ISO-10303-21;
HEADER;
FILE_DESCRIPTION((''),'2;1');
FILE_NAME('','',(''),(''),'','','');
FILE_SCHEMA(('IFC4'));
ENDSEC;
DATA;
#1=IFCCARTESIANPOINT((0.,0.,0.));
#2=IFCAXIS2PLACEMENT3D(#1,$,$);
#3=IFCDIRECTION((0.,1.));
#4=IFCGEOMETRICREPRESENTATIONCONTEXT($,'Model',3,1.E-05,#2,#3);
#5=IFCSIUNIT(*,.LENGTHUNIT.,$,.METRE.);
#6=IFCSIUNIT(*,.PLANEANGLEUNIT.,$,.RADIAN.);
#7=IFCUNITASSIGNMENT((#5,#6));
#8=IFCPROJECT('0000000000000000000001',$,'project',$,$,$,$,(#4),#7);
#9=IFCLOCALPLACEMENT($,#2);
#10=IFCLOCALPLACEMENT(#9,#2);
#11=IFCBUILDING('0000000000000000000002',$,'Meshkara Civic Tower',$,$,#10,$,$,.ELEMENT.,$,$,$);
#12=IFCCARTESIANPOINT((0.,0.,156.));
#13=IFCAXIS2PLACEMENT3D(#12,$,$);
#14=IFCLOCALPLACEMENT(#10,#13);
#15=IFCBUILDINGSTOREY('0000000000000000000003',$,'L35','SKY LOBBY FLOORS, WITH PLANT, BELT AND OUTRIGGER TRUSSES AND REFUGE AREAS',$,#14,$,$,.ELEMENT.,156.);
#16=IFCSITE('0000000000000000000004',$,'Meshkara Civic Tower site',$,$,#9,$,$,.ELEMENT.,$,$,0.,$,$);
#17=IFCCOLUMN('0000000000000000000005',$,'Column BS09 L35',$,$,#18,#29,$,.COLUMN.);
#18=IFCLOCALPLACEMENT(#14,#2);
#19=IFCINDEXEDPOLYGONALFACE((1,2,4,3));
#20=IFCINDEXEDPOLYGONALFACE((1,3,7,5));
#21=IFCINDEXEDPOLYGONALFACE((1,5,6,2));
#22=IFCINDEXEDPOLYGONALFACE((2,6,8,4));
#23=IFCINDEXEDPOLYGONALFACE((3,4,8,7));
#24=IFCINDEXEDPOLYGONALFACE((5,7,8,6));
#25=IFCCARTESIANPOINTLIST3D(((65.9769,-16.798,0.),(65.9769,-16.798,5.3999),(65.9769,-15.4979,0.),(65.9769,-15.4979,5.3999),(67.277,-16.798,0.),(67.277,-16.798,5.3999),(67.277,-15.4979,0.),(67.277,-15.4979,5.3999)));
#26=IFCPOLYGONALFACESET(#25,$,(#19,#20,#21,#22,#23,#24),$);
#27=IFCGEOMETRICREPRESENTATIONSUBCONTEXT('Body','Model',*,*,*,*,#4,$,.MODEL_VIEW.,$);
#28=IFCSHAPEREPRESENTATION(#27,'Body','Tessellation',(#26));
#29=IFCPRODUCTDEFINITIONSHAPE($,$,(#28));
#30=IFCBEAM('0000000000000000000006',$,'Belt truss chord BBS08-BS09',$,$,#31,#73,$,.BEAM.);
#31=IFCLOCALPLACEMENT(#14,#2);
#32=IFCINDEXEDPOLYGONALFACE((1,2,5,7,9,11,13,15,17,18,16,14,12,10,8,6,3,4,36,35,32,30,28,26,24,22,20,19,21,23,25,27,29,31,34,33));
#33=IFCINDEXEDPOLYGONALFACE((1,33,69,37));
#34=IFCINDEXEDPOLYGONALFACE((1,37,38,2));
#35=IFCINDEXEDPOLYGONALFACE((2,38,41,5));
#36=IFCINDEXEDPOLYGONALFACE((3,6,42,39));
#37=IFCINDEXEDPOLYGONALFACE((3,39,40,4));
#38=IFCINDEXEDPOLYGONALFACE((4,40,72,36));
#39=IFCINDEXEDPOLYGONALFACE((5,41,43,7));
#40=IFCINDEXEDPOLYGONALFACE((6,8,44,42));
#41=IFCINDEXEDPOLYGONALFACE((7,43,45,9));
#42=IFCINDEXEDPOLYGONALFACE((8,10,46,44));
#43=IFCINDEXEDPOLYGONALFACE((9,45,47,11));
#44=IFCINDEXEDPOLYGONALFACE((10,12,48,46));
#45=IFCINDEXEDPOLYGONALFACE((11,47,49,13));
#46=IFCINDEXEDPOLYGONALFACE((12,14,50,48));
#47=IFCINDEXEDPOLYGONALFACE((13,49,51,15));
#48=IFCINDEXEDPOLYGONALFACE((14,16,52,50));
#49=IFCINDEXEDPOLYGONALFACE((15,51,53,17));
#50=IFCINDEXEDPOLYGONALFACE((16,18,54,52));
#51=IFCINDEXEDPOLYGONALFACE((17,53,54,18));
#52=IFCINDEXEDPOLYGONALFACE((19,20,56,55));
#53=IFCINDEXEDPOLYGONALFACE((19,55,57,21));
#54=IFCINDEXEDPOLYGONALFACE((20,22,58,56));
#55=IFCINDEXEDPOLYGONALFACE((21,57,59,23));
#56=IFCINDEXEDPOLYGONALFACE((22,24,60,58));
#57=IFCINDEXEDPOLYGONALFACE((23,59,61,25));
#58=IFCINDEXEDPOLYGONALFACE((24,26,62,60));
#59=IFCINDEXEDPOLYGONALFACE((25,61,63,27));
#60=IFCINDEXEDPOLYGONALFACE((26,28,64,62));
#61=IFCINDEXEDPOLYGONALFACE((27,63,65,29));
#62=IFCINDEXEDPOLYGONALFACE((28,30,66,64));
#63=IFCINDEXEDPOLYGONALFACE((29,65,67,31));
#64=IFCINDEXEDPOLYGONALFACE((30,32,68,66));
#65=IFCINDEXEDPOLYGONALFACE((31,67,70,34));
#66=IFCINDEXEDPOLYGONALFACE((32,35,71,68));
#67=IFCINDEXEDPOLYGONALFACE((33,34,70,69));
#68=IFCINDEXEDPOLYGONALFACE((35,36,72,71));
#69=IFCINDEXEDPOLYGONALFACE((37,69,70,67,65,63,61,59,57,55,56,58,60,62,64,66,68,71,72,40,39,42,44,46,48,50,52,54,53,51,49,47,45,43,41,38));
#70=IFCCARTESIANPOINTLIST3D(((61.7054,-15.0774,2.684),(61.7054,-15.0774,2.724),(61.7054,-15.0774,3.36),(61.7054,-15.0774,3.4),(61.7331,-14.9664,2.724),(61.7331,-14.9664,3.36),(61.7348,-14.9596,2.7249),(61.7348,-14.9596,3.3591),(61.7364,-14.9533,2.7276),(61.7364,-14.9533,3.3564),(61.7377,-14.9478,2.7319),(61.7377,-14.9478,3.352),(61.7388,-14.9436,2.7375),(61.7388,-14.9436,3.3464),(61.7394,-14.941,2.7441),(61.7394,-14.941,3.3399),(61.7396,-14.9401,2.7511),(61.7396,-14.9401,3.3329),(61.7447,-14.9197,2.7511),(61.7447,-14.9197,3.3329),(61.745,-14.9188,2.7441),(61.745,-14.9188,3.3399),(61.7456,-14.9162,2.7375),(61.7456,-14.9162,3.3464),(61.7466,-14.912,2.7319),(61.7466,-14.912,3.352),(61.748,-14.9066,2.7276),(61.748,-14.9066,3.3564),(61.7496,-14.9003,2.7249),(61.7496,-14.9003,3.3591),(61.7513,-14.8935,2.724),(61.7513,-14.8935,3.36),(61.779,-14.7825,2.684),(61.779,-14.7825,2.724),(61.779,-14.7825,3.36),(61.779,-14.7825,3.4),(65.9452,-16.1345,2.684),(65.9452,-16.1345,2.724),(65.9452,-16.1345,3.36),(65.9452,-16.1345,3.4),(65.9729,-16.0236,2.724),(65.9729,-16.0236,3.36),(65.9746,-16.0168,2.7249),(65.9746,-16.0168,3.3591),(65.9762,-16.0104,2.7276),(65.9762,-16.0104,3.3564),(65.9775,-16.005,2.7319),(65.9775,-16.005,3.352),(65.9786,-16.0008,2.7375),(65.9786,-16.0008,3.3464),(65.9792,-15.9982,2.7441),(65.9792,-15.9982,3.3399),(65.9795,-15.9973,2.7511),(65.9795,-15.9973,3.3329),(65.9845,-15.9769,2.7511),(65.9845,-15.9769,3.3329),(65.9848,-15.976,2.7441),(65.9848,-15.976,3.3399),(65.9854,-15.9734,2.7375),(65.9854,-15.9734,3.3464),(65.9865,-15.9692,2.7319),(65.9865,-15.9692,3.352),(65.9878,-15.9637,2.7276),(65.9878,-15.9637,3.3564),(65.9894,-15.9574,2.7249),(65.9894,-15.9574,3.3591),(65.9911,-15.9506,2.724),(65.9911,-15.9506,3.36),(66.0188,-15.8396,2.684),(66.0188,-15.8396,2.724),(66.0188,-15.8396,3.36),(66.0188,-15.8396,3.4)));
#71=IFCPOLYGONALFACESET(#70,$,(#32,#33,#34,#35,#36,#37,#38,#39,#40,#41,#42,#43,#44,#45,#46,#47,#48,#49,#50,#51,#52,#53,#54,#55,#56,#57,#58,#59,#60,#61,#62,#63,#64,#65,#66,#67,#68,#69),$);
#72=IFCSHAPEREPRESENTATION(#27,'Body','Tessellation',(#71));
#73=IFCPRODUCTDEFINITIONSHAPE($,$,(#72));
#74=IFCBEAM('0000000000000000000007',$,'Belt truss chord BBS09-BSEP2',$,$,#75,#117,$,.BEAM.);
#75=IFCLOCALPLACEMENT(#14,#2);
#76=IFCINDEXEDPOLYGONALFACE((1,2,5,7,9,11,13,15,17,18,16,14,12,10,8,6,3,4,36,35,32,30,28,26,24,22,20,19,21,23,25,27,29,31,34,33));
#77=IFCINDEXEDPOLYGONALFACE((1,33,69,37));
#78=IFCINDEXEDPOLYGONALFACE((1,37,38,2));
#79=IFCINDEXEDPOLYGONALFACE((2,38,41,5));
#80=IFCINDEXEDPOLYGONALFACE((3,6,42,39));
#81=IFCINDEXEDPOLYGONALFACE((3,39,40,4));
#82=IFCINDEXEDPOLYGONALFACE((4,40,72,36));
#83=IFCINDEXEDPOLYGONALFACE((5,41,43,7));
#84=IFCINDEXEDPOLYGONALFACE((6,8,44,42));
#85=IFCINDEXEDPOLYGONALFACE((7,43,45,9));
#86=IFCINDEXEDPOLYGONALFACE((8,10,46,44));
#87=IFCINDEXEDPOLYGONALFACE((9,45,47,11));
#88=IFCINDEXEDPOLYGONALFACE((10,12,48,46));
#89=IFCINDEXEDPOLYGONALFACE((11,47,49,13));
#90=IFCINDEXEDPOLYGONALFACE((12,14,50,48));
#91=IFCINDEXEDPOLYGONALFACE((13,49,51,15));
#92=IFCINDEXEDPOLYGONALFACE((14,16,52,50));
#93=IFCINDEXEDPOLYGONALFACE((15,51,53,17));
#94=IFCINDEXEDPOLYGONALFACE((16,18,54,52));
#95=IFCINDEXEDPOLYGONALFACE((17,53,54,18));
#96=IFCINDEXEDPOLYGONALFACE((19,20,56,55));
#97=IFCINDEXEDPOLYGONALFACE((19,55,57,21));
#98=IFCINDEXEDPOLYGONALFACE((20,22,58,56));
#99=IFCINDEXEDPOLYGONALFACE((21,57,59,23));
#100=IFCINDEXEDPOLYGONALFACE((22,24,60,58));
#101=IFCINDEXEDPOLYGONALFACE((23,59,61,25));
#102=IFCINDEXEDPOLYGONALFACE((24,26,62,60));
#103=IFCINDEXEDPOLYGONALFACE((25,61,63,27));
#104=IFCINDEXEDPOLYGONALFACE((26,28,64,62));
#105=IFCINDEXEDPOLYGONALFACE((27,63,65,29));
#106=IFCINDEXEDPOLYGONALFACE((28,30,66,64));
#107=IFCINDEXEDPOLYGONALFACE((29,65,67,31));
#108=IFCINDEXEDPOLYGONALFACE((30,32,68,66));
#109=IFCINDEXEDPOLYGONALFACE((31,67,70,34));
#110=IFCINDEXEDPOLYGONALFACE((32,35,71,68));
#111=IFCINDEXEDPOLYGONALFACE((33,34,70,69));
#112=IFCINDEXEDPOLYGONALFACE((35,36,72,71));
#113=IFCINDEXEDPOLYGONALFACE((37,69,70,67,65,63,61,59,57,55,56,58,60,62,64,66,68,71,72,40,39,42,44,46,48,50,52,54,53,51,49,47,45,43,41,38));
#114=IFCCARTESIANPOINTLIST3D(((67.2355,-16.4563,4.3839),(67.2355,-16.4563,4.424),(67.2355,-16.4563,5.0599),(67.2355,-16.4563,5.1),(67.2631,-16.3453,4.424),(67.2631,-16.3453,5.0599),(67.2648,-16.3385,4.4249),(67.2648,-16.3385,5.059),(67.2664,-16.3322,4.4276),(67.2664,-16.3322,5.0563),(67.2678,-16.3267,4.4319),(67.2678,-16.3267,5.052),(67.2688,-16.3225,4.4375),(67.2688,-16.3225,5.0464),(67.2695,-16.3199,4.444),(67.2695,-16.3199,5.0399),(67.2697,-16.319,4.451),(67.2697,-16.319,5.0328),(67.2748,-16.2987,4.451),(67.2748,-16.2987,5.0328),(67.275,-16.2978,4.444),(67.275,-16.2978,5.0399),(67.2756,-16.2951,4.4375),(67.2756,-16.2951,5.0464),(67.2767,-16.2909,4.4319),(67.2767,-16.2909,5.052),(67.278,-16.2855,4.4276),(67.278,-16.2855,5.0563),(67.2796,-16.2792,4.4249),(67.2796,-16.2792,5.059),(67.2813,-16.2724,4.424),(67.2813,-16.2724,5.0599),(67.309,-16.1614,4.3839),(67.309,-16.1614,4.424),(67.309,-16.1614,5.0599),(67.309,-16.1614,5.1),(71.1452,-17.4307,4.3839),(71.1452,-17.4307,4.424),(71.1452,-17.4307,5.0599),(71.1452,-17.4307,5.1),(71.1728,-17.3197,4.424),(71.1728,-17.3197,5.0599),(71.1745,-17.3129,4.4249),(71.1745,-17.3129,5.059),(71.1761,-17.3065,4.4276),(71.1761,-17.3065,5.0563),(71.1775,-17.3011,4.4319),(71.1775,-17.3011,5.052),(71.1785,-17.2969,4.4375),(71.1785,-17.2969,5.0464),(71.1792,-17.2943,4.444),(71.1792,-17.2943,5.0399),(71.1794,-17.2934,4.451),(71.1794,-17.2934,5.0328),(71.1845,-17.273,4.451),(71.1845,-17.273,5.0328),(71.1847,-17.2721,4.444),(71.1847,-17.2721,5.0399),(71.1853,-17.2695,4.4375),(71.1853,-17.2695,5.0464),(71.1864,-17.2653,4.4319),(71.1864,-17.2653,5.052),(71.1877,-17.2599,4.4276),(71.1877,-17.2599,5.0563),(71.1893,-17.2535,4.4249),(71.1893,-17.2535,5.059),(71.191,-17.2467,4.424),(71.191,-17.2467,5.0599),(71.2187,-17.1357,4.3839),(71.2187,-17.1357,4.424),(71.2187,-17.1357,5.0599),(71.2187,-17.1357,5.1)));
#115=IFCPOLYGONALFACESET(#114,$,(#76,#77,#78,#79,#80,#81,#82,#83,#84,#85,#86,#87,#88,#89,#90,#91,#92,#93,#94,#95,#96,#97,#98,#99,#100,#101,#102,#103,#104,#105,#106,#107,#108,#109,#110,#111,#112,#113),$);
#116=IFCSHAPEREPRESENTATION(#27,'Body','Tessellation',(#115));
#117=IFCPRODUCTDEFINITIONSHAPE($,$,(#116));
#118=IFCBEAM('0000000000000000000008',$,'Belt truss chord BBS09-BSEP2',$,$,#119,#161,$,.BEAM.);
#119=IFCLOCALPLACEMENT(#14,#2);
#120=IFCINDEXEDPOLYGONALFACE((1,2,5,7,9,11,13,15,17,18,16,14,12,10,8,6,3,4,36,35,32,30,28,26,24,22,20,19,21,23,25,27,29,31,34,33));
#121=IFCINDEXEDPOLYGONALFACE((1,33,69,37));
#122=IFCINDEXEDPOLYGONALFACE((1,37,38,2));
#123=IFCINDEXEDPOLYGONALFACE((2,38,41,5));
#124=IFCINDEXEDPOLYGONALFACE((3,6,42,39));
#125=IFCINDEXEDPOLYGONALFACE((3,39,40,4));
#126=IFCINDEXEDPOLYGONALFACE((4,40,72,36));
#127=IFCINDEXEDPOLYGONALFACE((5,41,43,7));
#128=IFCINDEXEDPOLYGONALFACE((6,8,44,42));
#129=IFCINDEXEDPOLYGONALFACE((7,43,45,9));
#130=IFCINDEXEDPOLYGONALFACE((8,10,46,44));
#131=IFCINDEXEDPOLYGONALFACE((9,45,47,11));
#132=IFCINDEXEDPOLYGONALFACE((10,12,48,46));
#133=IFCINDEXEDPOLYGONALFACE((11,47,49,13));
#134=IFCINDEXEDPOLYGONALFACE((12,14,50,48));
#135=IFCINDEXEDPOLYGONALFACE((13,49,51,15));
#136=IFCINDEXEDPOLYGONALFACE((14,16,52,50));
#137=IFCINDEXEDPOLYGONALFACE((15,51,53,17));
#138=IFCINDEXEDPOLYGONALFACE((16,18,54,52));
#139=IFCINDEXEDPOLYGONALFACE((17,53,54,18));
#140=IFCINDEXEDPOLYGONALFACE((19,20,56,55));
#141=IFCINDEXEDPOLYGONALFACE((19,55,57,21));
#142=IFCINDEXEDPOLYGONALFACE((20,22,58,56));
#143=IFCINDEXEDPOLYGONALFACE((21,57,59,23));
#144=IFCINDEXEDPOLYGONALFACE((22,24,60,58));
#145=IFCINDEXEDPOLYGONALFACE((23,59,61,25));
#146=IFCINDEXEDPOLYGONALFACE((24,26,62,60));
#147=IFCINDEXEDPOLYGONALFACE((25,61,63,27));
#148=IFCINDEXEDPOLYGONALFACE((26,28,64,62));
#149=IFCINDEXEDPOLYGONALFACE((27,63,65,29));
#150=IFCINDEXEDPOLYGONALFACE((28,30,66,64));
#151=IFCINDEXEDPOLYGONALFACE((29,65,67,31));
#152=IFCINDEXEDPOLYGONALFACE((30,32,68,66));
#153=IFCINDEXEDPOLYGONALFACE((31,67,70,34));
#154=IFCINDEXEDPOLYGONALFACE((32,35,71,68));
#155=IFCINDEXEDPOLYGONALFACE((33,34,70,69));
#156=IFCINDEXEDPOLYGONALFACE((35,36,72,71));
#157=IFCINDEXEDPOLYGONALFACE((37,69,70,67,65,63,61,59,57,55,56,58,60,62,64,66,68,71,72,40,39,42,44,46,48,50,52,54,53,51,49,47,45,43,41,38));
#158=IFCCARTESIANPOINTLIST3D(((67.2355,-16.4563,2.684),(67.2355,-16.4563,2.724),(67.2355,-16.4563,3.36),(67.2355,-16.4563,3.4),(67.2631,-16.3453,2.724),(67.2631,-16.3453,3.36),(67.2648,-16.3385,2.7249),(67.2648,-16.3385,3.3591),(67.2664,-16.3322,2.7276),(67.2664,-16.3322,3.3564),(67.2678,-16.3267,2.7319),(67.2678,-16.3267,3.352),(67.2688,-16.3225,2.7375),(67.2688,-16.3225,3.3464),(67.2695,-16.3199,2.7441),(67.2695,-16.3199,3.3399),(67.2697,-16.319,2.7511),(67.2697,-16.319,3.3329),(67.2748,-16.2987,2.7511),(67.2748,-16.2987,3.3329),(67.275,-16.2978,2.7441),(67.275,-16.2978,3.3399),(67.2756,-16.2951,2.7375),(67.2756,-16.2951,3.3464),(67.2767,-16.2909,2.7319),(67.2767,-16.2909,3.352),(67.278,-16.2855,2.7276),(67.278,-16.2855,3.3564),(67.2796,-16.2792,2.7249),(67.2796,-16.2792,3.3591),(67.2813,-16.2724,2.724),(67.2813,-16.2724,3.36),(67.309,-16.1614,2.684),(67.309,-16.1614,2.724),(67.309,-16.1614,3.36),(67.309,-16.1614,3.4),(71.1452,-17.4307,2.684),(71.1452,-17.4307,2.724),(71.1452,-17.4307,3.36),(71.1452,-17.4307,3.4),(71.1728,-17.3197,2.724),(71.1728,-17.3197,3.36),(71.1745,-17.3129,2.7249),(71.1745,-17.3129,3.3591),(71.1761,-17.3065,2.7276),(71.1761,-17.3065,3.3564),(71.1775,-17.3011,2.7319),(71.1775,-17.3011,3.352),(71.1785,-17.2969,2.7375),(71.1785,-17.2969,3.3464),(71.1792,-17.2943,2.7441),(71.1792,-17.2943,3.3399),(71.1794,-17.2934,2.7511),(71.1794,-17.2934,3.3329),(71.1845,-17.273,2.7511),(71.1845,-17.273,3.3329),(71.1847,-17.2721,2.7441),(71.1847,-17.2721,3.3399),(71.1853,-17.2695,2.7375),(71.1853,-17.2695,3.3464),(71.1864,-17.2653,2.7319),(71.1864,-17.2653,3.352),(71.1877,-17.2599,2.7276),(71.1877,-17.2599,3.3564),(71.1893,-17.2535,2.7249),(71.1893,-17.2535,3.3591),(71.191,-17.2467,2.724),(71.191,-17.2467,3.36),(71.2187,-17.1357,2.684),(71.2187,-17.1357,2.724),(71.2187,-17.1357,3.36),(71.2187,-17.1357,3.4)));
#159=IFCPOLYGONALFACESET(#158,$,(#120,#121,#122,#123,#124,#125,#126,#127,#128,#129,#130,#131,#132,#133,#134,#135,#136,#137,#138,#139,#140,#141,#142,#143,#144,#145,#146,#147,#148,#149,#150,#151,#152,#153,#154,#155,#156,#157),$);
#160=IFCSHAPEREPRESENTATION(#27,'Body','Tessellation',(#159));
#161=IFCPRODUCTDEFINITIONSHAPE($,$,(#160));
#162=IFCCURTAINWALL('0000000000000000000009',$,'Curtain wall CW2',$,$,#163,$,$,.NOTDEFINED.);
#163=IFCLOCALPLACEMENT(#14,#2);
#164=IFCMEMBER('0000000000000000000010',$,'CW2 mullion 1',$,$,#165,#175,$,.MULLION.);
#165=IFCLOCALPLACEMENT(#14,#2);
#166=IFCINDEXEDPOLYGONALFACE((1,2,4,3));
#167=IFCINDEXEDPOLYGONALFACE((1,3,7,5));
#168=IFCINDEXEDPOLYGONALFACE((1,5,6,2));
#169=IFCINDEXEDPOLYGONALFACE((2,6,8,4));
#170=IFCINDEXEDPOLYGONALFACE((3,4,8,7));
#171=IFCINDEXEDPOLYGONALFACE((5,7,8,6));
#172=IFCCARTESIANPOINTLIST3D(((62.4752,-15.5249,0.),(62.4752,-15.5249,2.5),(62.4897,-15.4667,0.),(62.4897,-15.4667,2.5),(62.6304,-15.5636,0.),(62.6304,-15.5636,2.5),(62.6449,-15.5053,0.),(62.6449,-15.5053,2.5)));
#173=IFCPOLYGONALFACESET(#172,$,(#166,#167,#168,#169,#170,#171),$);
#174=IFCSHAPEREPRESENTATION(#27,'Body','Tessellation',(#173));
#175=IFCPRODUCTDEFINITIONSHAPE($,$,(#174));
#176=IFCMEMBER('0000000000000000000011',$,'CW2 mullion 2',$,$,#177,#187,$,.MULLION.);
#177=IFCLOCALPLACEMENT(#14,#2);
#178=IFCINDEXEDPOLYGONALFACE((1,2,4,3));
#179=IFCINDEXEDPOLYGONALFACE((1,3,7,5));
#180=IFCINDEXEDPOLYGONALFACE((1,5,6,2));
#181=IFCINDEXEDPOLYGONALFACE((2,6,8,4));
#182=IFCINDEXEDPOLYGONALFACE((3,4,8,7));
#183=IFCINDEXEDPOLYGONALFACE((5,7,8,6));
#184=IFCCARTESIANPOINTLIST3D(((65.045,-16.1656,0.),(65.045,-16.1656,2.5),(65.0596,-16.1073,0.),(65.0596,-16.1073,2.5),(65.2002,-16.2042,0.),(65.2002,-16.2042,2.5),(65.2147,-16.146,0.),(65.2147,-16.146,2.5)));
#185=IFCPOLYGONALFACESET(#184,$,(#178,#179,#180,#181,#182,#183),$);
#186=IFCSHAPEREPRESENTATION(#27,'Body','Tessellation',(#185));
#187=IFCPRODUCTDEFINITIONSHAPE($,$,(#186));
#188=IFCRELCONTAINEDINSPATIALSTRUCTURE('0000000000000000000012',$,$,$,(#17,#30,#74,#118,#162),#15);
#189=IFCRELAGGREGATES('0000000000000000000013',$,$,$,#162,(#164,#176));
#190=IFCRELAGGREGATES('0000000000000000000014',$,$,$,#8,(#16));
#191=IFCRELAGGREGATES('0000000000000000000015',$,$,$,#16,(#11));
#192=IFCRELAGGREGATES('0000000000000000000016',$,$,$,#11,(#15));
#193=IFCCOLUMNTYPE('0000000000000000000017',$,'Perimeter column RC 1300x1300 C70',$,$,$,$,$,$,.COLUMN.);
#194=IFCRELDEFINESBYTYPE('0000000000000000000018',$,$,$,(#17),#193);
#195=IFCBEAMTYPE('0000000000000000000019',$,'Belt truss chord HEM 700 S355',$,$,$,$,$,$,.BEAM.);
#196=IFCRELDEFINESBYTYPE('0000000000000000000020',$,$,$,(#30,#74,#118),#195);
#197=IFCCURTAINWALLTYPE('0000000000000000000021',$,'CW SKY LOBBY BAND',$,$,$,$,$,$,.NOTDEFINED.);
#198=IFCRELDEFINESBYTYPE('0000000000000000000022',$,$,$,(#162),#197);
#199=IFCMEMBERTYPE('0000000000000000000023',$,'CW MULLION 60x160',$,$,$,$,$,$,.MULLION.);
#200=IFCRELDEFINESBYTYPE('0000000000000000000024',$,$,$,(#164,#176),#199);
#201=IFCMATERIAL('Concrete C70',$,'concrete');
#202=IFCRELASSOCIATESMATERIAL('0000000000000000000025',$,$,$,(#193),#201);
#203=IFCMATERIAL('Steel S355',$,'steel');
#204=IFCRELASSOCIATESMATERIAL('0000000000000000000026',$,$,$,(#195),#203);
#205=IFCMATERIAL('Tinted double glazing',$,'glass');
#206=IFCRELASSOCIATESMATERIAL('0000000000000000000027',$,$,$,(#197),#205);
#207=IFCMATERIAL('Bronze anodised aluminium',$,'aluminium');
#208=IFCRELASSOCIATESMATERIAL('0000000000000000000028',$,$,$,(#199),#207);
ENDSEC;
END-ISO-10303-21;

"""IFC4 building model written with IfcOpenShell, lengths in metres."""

from ifc_helpers import new_model, si_unit, direction, frame, origin, origin_2d, place, context, subcontext, project, spatial, rectangle, i_section, extrude, material, material_profile, profile_set, type_object, element, aggregate, save


model = new_model("IFC4")

# Units and contexts
model_context = context("Model", 3, precision=1e-05, world=origin(), true_north=direction((0.0, 1.0)))
body_context = subcontext(model_context, "Body", "Model", "MODEL_VIEW")
ifc_project = project(units=[si_unit("LENGTHUNIT", "METRE"), si_unit("PLANEANGLEUNIT", "RADIAN")], contexts=[model_context])

# Site, building, storey
site_placement = place(None, origin())
site = spatial("IfcSite", under=ifc_project, at=site_placement, Name="Meshkara Civic Tower site", CompositionType="ELEMENT", RefElevation=0.0)
building_placement = place(site_placement, origin())
building = spatial("IfcBuilding", under=site, at=building_placement, Name="Meshkara Civic Tower", CompositionType="ELEMENT")
storey_placement = place(building_placement, frame((0.0, 0.0, 156.0)))
storey = spatial("IfcBuildingStorey", under=building, at=storey_placement, Name="L35", Description="SKY LOBBY FLOORS, WITH PLANT, BELT AND OUTRIGGER TRUSSES AND REFUGE AREAS", CompositionType="ELEMENT", Elevation=156.0)

# Column
ifc_material_1 = material(Name="Concrete C70", Category="concrete")
ifc_material_profile_1 = material_profile(ifc_material_1, rectangle(XDim=1.3, YDim=1.3, at=origin_2d()))
ifc_profile_set_1 = profile_set([ifc_material_profile_1], Name="Concrete C70")
column_type = type_object("IfcColumnType", Name="Perimeter column RC 1300x1300 C70", PredefinedType="COLUMN", material=ifc_profile_set_1)
column_placement = place(storey_placement, frame((66.627, -16.1479, 0.0), z_axis=(0.0, 0.0, 1.0), x_axis=(1.0, 0.0, 0.0)))
element("IfcColumn", 1, at=column_placement, inside=storey, type_object=column_type, Name="Column BS09 L35", PredefinedType="COLUMN", context=body_context, shape_type="SweptSolid", body=[
    extrude(rectangle(XDim=1.3, YDim=1.3, at=origin_2d()), origin(), (0.0, 0.0, 1.0), 5.3999),
])

# Beams
ifc_material_2 = material(Name="Steel S355", Category="steel")
ifc_material_profile_2 = material_profile(ifc_material_2, i_section(OverallWidth=0.304, OverallDepth=0.7161, WebThickness=0.021, FlangeThickness=0.04, FilletRadius=0.0271, at=origin_2d()))
ifc_profile_set_2 = profile_set([ifc_material_profile_2], Name="Steel S355")
beam_type = type_object("IfcBeamType", Name="Belt truss chord HEM 700 S355", PredefinedType="BEAM", material=ifc_profile_set_2)
beam_placement = place(storey_placement, frame((61.7422, -14.9299, 3.042), z_axis=(0.970293, -0.241931, 0.0), x_axis=(0.241931, 0.970293, 0.0)))
element("IfcBeam", 2, at=beam_placement, inside=storey, type_object=beam_type, Name="Belt truss chord BBS08-BS09", PredefinedType="BEAM", context=body_context, shape_type="SweptSolid", body=[
    extrude(i_section(OverallWidth=0.304, OverallDepth=0.7161, WebThickness=0.021, FlangeThickness=0.04, FilletRadius=0.0271, at=origin_2d()), origin(), (0.0, 0.0, 1.0), 4.3696),
])
for number, where, z_axis, x_axis, name in (
    (3, (67.2722, -16.3088, 4.7419), (0.97032, -0.241823, 0.0), (0.241823, 0.97032, 0.0), "Belt truss chord BBS09-BSEP2"),
    (4, (67.2722, -16.3088, 3.042), (0.97032, -0.241823, 0.0), (0.241823, 0.97032, 0.0), "Belt truss chord BBS09-BSEP2"),
):
    element("IfcBeam", number, at=place(storey_placement, frame(where, z_axis=z_axis, x_axis=x_axis)), inside=storey, type_object=beam_type, Name=name, PredefinedType="BEAM", context=body_context, shape_type="SweptSolid", body=[
        extrude(i_section(OverallWidth=0.304, OverallDepth=0.7161, WebThickness=0.021, FlangeThickness=0.04, FilletRadius=0.0271, at=origin_2d()), origin(), (0.0, 0.0, 1.0), 4.0293),
    ])

# Curtain wall, members
ifc_material_3 = material(Name="Tinted double glazing", Category="glass")
curtain_wall_type = type_object("IfcCurtainWallType", Name="CW SKY LOBBY BAND", PredefinedType="NOTDEFINED", material=ifc_material_3)
curtain_wall_placement = place(storey_placement, origin())
curtain_wall = element("IfcCurtainWall", 5, at=curtain_wall_placement, inside=storey, type_object=curtain_wall_type, Name="Curtain wall CW2", PredefinedType="NOTDEFINED")
ifc_material_4 = material(Name="Bronze anodised aluminium", Category="aluminium")
ifc_material_profile_3 = material_profile(ifc_material_4, rectangle(XDim=0.0601, YDim=0.1599, at=origin_2d()))
ifc_profile_set_3 = profile_set([ifc_material_profile_3], Name="Bronze anodised aluminium")
member_type_1 = type_object("IfcMemberType", Name="CW MULLION 60x160", PredefinedType="MULLION", material=ifc_profile_set_3)
member_1_placement = place(storey_placement, frame((62.5601, -15.5151, 0.0), z_axis=(0.0, 0.0, 1.0), x_axis=(0.241841, 0.970316, 0.0)))
member_1 = element("IfcMember", 6, at=member_1_placement, type_object=member_type_1, Name="CW2 mullion 1", PredefinedType="MULLION", context=body_context, shape_type="SweptSolid", body=[
    extrude(rectangle(XDim=0.0601, YDim=0.1599, at=origin_2d()), origin(), (0.0, 0.0, 1.0), 2.5),
])
member_2_placement = place(storey_placement, frame((65.1299, -16.1558, 0.0), z_axis=(0.0, 0.0, 1.0), x_axis=(0.241841, 0.970316, 0.0)))
member_2 = element("IfcMember", 7, at=member_2_placement, type_object=member_type_1, Name="CW2 mullion 2", PredefinedType="MULLION", context=body_context, shape_type="SweptSolid", body=[
    extrude(rectangle(XDim=0.0601, YDim=0.1599, at=origin_2d()), origin(), (0.0, 0.0, 1.0), 2.5),
])

aggregate(curtain_wall, [member_1, member_2])

save(model, "model.ifc")
